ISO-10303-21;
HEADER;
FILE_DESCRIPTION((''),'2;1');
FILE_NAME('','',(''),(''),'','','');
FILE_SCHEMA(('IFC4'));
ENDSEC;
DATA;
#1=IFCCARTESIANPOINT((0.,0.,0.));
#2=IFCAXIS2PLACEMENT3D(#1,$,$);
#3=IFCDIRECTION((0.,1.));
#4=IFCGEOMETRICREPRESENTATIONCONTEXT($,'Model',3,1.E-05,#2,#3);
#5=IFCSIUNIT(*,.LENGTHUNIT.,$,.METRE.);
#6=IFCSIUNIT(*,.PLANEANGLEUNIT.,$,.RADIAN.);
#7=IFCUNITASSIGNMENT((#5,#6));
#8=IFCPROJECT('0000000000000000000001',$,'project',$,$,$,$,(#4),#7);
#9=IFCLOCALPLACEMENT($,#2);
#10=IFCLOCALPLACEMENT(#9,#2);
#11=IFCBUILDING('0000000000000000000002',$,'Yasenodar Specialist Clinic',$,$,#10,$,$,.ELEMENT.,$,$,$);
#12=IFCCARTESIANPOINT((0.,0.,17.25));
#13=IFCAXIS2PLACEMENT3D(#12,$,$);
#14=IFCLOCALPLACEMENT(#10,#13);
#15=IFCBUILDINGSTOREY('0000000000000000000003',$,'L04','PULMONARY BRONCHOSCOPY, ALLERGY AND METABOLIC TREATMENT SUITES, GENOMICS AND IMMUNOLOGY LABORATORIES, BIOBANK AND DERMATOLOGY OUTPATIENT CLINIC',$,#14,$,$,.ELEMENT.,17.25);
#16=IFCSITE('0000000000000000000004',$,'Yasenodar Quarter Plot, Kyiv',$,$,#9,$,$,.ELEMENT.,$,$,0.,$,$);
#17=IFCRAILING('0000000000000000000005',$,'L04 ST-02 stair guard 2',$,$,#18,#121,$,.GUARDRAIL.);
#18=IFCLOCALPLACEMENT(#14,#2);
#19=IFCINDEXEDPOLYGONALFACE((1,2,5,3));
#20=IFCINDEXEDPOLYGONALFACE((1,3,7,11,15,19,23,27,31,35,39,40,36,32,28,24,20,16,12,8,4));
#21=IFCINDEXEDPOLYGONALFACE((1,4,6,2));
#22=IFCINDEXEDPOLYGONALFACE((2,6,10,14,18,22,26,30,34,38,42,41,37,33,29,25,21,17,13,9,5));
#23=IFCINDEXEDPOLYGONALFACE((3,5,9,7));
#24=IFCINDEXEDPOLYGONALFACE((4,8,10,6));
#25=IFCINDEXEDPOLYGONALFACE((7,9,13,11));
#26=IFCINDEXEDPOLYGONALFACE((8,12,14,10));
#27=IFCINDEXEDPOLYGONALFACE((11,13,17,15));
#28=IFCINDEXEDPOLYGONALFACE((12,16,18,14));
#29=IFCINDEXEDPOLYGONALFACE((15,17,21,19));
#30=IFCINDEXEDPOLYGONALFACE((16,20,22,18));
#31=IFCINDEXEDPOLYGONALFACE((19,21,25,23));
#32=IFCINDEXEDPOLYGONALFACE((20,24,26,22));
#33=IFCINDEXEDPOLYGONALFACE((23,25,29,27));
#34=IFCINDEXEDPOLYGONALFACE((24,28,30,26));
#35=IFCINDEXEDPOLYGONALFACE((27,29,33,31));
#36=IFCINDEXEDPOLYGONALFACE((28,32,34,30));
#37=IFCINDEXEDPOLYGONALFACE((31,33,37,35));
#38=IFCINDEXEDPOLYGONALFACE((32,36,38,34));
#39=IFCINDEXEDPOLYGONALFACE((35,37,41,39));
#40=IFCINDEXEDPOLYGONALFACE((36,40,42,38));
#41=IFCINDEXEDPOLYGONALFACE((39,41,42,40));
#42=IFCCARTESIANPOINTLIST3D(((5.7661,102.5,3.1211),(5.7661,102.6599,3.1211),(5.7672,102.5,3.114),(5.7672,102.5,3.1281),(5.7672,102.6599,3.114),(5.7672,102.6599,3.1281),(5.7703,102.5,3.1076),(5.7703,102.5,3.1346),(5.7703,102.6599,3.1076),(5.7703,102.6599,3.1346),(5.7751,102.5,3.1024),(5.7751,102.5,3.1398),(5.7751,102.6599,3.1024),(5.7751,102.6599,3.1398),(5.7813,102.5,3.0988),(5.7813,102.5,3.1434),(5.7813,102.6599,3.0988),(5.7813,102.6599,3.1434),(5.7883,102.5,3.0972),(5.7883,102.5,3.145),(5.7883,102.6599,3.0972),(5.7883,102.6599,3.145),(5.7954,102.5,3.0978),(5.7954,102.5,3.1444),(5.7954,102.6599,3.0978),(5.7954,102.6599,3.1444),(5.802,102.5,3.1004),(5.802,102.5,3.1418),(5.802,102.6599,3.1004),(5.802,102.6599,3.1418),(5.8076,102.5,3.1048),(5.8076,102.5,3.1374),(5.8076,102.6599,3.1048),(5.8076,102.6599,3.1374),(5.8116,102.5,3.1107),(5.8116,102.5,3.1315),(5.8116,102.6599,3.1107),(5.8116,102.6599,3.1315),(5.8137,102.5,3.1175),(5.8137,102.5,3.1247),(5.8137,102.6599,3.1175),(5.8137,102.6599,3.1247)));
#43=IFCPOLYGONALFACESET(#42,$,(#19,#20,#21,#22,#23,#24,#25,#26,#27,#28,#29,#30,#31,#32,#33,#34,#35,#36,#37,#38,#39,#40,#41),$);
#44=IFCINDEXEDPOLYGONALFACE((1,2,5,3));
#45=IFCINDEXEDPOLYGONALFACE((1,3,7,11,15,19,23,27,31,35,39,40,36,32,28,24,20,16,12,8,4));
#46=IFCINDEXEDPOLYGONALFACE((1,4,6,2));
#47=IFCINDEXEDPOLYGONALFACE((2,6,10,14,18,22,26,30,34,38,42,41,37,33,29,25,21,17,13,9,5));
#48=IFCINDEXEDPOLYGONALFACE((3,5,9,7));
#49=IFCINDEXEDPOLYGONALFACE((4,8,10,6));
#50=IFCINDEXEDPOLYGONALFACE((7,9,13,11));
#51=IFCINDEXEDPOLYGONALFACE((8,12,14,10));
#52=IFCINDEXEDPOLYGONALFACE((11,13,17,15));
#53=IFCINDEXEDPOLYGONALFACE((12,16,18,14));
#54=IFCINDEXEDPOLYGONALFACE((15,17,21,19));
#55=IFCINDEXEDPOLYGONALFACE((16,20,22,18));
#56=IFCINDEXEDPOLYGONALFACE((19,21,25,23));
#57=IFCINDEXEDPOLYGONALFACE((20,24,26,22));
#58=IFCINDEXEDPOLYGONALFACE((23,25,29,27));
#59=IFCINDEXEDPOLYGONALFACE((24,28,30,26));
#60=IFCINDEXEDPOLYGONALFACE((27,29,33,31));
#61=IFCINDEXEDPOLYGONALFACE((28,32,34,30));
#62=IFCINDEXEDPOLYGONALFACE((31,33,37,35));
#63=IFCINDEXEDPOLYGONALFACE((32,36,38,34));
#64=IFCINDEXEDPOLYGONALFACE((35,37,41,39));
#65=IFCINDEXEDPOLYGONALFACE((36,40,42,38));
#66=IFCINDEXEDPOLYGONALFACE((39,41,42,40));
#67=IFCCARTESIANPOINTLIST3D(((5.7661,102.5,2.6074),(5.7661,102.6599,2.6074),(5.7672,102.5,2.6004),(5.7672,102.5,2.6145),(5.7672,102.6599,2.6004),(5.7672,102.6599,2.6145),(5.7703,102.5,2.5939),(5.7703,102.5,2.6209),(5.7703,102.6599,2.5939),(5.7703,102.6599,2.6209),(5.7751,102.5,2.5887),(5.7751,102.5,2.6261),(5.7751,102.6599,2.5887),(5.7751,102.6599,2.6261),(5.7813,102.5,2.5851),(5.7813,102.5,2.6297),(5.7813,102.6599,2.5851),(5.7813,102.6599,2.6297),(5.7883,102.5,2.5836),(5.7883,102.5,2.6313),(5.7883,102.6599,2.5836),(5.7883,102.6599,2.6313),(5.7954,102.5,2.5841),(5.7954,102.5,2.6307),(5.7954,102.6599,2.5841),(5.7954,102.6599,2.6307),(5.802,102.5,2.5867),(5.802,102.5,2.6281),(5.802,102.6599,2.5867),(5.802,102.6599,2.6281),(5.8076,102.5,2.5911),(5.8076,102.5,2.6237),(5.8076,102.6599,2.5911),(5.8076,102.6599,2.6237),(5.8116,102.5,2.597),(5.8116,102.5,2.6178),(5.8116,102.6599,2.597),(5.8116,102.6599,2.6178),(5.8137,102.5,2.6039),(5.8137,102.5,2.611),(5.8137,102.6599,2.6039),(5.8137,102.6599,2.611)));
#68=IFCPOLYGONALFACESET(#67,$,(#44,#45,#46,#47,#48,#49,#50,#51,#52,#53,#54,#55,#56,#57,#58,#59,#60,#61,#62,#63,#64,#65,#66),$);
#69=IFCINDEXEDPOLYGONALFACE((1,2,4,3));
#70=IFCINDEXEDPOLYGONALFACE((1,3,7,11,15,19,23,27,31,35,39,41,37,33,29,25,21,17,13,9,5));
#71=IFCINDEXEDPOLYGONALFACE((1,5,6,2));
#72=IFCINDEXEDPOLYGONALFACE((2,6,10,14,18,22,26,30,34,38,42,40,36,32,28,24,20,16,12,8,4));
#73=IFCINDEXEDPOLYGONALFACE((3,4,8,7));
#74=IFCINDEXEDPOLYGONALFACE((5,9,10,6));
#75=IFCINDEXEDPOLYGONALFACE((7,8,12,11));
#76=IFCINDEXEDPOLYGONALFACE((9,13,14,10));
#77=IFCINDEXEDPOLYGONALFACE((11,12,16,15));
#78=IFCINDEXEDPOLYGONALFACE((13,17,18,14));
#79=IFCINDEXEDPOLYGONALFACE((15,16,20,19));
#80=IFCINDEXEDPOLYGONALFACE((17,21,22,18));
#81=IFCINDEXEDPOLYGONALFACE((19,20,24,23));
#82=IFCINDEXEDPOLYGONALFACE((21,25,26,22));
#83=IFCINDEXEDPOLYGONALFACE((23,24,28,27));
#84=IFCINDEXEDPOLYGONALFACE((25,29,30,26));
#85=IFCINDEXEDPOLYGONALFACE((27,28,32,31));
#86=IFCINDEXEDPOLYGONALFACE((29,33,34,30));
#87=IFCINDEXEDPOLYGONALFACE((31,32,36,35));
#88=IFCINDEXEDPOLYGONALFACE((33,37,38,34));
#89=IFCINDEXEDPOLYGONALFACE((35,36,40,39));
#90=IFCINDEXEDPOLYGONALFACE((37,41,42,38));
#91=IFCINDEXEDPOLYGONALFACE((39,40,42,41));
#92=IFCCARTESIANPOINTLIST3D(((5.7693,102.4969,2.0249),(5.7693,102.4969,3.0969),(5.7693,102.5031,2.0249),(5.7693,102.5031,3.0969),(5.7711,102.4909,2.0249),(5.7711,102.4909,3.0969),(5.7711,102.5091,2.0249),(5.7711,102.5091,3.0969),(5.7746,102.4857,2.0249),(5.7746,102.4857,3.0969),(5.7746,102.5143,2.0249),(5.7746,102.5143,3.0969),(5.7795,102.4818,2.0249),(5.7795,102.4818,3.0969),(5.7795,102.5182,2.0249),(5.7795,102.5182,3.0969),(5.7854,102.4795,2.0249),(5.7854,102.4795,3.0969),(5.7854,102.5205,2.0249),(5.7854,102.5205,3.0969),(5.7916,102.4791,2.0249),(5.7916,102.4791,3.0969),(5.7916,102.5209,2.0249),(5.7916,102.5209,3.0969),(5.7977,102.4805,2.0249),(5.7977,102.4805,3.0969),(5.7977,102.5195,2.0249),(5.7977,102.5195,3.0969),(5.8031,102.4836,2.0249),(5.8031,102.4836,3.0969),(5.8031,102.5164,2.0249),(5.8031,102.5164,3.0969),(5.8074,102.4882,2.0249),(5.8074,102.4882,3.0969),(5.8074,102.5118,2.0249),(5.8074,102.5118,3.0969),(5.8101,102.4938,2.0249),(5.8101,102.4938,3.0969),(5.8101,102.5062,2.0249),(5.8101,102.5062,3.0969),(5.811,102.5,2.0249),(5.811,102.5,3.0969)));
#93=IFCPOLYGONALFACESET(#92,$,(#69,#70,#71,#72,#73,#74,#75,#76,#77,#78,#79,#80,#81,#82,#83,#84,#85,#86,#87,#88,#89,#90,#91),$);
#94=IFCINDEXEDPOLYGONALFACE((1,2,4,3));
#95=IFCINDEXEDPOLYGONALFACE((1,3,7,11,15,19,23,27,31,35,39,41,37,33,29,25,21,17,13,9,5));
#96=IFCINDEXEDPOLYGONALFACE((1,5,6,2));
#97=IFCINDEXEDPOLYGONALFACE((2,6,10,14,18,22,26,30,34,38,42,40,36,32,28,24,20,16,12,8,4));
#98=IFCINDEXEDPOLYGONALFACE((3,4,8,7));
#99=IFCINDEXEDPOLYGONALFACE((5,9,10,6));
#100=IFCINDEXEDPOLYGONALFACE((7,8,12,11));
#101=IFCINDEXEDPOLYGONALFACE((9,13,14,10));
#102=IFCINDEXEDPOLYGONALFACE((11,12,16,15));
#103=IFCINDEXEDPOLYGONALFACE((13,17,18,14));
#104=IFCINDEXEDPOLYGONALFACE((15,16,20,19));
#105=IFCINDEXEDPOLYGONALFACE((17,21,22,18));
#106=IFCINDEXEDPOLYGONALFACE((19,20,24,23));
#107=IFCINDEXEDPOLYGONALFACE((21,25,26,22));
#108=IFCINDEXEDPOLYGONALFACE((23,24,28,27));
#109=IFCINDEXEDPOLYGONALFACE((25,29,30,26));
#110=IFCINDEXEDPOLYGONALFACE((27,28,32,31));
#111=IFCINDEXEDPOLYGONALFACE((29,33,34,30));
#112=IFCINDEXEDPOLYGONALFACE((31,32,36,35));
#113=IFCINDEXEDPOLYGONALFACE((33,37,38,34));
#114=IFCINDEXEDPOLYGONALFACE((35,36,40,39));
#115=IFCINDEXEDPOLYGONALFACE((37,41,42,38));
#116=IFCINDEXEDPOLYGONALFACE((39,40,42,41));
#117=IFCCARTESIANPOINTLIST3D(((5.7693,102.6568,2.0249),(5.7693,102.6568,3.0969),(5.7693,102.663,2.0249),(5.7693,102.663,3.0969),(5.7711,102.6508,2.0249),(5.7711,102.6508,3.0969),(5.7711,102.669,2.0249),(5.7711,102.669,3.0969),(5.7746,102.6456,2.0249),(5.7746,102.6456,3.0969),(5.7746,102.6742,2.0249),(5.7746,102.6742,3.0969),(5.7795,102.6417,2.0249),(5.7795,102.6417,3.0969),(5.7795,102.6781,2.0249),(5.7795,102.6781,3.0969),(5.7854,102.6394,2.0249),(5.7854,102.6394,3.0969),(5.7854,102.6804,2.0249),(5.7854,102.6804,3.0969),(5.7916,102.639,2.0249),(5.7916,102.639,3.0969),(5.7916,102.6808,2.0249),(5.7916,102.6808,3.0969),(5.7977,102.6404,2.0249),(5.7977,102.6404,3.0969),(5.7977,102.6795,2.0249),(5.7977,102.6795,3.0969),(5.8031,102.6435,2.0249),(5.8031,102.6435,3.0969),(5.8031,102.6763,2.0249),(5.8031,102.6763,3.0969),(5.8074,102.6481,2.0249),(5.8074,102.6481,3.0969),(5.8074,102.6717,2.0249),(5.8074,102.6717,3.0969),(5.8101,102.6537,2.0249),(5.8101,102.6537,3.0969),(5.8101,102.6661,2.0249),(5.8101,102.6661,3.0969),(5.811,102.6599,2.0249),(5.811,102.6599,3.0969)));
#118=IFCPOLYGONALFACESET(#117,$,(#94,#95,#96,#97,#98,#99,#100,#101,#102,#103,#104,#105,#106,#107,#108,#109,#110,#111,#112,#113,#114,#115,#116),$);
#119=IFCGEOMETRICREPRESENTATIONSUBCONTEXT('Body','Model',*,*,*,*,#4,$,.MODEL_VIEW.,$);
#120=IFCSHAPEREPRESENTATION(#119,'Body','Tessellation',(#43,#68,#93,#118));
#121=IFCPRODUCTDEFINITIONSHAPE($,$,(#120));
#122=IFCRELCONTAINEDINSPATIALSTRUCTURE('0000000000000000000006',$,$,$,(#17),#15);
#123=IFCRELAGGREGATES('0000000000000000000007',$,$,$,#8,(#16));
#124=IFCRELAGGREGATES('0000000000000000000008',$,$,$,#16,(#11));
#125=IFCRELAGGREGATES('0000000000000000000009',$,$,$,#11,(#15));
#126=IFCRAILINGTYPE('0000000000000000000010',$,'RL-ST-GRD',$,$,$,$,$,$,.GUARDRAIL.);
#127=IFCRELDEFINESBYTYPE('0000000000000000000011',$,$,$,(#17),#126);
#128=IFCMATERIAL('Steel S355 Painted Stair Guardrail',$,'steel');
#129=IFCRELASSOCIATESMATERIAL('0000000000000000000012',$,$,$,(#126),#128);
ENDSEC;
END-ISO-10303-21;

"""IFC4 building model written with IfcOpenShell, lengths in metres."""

from ifc_helpers import new_model, si_unit, direction, frame, origin, origin_2d, place, context, subcontext, project, spatial, circle, extrude, material, type_object, element, save


model = new_model("IFC4")

# Units and contexts
model_context = context("Model", 3, precision=1e-05, world=origin(), true_north=direction((0.0, 1.0)))
body_context = subcontext(model_context, "Body", "Model", "MODEL_VIEW")
ifc_project = project(units=[si_unit("LENGTHUNIT", "METRE"), si_unit("PLANEANGLEUNIT", "RADIAN")], contexts=[model_context])

# Site, building, storey
site_placement = place(None, origin())
site = spatial("IfcSite", under=ifc_project, at=site_placement, Name="Yasenodar Quarter Plot, Kyiv", CompositionType="ELEMENT", RefElevation=0.0)
building_placement = place(site_placement, origin())
building = spatial("IfcBuilding", under=site, at=building_placement, Name="Yasenodar Specialist Clinic", CompositionType="ELEMENT")
storey_placement = place(building_placement, frame((0.0, 0.0, 17.25)))
storey = spatial("IfcBuildingStorey", under=building, at=storey_placement, Name="L04", Description="PULMONARY BRONCHOSCOPY, ALLERGY AND METABOLIC TREATMENT SUITES, GENOMICS AND IMMUNOLOGY LABORATORIES, BIOBANK AND DERMATOLOGY OUTPATIENT CLINIC", CompositionType="ELEMENT", Elevation=17.25)

# Railing
ifc_material_1 = material(Name="Steel S355 Painted Stair Guardrail", Category="steel")
railing_type_1 = type_object("IfcRailingType", Name="RL-ST-GRD", PredefinedType="GUARDRAIL", material=ifc_material_1)
railing_1_placement = place(storey_placement, frame((5.79, 102.5, 2.0249)))
element("IfcRailing", 1, at=railing_1_placement, inside=storey, type_object=railing_type_1, Name="L04 ST-02 stair guard 2", PredefinedType="GUARDRAIL", context=body_context, shape_type="SweptSolid", body=[
    extrude(circle(Radius=0.0239, at=origin_2d()), frame((0.0, 0.0, 1.0962), z_axis=(0.0, 1.0, 0.0), x_axis=(-1.0, 0.0, 0.0)), (0.0, 0.0, 1.0), 0.1599),
    extrude(circle(Radius=0.0239, at=origin_2d()), frame((0.0, 0.0, 0.5825), z_axis=(0.0, 1.0, 0.0), x_axis=(-1.0, 0.0, 0.0)), (0.0, 0.0, 1.0), 0.1599),
    extrude(circle(Radius=0.021, at=origin_2d()), origin(), (0.0, 0.0, 1.0), 1.072),
    extrude(circle(Radius=0.021, at=origin_2d()), frame((0.0, 0.1599, 0.0)), (0.0, 0.0, 1.0), 1.072),
])

save(model, "model.ifc")
